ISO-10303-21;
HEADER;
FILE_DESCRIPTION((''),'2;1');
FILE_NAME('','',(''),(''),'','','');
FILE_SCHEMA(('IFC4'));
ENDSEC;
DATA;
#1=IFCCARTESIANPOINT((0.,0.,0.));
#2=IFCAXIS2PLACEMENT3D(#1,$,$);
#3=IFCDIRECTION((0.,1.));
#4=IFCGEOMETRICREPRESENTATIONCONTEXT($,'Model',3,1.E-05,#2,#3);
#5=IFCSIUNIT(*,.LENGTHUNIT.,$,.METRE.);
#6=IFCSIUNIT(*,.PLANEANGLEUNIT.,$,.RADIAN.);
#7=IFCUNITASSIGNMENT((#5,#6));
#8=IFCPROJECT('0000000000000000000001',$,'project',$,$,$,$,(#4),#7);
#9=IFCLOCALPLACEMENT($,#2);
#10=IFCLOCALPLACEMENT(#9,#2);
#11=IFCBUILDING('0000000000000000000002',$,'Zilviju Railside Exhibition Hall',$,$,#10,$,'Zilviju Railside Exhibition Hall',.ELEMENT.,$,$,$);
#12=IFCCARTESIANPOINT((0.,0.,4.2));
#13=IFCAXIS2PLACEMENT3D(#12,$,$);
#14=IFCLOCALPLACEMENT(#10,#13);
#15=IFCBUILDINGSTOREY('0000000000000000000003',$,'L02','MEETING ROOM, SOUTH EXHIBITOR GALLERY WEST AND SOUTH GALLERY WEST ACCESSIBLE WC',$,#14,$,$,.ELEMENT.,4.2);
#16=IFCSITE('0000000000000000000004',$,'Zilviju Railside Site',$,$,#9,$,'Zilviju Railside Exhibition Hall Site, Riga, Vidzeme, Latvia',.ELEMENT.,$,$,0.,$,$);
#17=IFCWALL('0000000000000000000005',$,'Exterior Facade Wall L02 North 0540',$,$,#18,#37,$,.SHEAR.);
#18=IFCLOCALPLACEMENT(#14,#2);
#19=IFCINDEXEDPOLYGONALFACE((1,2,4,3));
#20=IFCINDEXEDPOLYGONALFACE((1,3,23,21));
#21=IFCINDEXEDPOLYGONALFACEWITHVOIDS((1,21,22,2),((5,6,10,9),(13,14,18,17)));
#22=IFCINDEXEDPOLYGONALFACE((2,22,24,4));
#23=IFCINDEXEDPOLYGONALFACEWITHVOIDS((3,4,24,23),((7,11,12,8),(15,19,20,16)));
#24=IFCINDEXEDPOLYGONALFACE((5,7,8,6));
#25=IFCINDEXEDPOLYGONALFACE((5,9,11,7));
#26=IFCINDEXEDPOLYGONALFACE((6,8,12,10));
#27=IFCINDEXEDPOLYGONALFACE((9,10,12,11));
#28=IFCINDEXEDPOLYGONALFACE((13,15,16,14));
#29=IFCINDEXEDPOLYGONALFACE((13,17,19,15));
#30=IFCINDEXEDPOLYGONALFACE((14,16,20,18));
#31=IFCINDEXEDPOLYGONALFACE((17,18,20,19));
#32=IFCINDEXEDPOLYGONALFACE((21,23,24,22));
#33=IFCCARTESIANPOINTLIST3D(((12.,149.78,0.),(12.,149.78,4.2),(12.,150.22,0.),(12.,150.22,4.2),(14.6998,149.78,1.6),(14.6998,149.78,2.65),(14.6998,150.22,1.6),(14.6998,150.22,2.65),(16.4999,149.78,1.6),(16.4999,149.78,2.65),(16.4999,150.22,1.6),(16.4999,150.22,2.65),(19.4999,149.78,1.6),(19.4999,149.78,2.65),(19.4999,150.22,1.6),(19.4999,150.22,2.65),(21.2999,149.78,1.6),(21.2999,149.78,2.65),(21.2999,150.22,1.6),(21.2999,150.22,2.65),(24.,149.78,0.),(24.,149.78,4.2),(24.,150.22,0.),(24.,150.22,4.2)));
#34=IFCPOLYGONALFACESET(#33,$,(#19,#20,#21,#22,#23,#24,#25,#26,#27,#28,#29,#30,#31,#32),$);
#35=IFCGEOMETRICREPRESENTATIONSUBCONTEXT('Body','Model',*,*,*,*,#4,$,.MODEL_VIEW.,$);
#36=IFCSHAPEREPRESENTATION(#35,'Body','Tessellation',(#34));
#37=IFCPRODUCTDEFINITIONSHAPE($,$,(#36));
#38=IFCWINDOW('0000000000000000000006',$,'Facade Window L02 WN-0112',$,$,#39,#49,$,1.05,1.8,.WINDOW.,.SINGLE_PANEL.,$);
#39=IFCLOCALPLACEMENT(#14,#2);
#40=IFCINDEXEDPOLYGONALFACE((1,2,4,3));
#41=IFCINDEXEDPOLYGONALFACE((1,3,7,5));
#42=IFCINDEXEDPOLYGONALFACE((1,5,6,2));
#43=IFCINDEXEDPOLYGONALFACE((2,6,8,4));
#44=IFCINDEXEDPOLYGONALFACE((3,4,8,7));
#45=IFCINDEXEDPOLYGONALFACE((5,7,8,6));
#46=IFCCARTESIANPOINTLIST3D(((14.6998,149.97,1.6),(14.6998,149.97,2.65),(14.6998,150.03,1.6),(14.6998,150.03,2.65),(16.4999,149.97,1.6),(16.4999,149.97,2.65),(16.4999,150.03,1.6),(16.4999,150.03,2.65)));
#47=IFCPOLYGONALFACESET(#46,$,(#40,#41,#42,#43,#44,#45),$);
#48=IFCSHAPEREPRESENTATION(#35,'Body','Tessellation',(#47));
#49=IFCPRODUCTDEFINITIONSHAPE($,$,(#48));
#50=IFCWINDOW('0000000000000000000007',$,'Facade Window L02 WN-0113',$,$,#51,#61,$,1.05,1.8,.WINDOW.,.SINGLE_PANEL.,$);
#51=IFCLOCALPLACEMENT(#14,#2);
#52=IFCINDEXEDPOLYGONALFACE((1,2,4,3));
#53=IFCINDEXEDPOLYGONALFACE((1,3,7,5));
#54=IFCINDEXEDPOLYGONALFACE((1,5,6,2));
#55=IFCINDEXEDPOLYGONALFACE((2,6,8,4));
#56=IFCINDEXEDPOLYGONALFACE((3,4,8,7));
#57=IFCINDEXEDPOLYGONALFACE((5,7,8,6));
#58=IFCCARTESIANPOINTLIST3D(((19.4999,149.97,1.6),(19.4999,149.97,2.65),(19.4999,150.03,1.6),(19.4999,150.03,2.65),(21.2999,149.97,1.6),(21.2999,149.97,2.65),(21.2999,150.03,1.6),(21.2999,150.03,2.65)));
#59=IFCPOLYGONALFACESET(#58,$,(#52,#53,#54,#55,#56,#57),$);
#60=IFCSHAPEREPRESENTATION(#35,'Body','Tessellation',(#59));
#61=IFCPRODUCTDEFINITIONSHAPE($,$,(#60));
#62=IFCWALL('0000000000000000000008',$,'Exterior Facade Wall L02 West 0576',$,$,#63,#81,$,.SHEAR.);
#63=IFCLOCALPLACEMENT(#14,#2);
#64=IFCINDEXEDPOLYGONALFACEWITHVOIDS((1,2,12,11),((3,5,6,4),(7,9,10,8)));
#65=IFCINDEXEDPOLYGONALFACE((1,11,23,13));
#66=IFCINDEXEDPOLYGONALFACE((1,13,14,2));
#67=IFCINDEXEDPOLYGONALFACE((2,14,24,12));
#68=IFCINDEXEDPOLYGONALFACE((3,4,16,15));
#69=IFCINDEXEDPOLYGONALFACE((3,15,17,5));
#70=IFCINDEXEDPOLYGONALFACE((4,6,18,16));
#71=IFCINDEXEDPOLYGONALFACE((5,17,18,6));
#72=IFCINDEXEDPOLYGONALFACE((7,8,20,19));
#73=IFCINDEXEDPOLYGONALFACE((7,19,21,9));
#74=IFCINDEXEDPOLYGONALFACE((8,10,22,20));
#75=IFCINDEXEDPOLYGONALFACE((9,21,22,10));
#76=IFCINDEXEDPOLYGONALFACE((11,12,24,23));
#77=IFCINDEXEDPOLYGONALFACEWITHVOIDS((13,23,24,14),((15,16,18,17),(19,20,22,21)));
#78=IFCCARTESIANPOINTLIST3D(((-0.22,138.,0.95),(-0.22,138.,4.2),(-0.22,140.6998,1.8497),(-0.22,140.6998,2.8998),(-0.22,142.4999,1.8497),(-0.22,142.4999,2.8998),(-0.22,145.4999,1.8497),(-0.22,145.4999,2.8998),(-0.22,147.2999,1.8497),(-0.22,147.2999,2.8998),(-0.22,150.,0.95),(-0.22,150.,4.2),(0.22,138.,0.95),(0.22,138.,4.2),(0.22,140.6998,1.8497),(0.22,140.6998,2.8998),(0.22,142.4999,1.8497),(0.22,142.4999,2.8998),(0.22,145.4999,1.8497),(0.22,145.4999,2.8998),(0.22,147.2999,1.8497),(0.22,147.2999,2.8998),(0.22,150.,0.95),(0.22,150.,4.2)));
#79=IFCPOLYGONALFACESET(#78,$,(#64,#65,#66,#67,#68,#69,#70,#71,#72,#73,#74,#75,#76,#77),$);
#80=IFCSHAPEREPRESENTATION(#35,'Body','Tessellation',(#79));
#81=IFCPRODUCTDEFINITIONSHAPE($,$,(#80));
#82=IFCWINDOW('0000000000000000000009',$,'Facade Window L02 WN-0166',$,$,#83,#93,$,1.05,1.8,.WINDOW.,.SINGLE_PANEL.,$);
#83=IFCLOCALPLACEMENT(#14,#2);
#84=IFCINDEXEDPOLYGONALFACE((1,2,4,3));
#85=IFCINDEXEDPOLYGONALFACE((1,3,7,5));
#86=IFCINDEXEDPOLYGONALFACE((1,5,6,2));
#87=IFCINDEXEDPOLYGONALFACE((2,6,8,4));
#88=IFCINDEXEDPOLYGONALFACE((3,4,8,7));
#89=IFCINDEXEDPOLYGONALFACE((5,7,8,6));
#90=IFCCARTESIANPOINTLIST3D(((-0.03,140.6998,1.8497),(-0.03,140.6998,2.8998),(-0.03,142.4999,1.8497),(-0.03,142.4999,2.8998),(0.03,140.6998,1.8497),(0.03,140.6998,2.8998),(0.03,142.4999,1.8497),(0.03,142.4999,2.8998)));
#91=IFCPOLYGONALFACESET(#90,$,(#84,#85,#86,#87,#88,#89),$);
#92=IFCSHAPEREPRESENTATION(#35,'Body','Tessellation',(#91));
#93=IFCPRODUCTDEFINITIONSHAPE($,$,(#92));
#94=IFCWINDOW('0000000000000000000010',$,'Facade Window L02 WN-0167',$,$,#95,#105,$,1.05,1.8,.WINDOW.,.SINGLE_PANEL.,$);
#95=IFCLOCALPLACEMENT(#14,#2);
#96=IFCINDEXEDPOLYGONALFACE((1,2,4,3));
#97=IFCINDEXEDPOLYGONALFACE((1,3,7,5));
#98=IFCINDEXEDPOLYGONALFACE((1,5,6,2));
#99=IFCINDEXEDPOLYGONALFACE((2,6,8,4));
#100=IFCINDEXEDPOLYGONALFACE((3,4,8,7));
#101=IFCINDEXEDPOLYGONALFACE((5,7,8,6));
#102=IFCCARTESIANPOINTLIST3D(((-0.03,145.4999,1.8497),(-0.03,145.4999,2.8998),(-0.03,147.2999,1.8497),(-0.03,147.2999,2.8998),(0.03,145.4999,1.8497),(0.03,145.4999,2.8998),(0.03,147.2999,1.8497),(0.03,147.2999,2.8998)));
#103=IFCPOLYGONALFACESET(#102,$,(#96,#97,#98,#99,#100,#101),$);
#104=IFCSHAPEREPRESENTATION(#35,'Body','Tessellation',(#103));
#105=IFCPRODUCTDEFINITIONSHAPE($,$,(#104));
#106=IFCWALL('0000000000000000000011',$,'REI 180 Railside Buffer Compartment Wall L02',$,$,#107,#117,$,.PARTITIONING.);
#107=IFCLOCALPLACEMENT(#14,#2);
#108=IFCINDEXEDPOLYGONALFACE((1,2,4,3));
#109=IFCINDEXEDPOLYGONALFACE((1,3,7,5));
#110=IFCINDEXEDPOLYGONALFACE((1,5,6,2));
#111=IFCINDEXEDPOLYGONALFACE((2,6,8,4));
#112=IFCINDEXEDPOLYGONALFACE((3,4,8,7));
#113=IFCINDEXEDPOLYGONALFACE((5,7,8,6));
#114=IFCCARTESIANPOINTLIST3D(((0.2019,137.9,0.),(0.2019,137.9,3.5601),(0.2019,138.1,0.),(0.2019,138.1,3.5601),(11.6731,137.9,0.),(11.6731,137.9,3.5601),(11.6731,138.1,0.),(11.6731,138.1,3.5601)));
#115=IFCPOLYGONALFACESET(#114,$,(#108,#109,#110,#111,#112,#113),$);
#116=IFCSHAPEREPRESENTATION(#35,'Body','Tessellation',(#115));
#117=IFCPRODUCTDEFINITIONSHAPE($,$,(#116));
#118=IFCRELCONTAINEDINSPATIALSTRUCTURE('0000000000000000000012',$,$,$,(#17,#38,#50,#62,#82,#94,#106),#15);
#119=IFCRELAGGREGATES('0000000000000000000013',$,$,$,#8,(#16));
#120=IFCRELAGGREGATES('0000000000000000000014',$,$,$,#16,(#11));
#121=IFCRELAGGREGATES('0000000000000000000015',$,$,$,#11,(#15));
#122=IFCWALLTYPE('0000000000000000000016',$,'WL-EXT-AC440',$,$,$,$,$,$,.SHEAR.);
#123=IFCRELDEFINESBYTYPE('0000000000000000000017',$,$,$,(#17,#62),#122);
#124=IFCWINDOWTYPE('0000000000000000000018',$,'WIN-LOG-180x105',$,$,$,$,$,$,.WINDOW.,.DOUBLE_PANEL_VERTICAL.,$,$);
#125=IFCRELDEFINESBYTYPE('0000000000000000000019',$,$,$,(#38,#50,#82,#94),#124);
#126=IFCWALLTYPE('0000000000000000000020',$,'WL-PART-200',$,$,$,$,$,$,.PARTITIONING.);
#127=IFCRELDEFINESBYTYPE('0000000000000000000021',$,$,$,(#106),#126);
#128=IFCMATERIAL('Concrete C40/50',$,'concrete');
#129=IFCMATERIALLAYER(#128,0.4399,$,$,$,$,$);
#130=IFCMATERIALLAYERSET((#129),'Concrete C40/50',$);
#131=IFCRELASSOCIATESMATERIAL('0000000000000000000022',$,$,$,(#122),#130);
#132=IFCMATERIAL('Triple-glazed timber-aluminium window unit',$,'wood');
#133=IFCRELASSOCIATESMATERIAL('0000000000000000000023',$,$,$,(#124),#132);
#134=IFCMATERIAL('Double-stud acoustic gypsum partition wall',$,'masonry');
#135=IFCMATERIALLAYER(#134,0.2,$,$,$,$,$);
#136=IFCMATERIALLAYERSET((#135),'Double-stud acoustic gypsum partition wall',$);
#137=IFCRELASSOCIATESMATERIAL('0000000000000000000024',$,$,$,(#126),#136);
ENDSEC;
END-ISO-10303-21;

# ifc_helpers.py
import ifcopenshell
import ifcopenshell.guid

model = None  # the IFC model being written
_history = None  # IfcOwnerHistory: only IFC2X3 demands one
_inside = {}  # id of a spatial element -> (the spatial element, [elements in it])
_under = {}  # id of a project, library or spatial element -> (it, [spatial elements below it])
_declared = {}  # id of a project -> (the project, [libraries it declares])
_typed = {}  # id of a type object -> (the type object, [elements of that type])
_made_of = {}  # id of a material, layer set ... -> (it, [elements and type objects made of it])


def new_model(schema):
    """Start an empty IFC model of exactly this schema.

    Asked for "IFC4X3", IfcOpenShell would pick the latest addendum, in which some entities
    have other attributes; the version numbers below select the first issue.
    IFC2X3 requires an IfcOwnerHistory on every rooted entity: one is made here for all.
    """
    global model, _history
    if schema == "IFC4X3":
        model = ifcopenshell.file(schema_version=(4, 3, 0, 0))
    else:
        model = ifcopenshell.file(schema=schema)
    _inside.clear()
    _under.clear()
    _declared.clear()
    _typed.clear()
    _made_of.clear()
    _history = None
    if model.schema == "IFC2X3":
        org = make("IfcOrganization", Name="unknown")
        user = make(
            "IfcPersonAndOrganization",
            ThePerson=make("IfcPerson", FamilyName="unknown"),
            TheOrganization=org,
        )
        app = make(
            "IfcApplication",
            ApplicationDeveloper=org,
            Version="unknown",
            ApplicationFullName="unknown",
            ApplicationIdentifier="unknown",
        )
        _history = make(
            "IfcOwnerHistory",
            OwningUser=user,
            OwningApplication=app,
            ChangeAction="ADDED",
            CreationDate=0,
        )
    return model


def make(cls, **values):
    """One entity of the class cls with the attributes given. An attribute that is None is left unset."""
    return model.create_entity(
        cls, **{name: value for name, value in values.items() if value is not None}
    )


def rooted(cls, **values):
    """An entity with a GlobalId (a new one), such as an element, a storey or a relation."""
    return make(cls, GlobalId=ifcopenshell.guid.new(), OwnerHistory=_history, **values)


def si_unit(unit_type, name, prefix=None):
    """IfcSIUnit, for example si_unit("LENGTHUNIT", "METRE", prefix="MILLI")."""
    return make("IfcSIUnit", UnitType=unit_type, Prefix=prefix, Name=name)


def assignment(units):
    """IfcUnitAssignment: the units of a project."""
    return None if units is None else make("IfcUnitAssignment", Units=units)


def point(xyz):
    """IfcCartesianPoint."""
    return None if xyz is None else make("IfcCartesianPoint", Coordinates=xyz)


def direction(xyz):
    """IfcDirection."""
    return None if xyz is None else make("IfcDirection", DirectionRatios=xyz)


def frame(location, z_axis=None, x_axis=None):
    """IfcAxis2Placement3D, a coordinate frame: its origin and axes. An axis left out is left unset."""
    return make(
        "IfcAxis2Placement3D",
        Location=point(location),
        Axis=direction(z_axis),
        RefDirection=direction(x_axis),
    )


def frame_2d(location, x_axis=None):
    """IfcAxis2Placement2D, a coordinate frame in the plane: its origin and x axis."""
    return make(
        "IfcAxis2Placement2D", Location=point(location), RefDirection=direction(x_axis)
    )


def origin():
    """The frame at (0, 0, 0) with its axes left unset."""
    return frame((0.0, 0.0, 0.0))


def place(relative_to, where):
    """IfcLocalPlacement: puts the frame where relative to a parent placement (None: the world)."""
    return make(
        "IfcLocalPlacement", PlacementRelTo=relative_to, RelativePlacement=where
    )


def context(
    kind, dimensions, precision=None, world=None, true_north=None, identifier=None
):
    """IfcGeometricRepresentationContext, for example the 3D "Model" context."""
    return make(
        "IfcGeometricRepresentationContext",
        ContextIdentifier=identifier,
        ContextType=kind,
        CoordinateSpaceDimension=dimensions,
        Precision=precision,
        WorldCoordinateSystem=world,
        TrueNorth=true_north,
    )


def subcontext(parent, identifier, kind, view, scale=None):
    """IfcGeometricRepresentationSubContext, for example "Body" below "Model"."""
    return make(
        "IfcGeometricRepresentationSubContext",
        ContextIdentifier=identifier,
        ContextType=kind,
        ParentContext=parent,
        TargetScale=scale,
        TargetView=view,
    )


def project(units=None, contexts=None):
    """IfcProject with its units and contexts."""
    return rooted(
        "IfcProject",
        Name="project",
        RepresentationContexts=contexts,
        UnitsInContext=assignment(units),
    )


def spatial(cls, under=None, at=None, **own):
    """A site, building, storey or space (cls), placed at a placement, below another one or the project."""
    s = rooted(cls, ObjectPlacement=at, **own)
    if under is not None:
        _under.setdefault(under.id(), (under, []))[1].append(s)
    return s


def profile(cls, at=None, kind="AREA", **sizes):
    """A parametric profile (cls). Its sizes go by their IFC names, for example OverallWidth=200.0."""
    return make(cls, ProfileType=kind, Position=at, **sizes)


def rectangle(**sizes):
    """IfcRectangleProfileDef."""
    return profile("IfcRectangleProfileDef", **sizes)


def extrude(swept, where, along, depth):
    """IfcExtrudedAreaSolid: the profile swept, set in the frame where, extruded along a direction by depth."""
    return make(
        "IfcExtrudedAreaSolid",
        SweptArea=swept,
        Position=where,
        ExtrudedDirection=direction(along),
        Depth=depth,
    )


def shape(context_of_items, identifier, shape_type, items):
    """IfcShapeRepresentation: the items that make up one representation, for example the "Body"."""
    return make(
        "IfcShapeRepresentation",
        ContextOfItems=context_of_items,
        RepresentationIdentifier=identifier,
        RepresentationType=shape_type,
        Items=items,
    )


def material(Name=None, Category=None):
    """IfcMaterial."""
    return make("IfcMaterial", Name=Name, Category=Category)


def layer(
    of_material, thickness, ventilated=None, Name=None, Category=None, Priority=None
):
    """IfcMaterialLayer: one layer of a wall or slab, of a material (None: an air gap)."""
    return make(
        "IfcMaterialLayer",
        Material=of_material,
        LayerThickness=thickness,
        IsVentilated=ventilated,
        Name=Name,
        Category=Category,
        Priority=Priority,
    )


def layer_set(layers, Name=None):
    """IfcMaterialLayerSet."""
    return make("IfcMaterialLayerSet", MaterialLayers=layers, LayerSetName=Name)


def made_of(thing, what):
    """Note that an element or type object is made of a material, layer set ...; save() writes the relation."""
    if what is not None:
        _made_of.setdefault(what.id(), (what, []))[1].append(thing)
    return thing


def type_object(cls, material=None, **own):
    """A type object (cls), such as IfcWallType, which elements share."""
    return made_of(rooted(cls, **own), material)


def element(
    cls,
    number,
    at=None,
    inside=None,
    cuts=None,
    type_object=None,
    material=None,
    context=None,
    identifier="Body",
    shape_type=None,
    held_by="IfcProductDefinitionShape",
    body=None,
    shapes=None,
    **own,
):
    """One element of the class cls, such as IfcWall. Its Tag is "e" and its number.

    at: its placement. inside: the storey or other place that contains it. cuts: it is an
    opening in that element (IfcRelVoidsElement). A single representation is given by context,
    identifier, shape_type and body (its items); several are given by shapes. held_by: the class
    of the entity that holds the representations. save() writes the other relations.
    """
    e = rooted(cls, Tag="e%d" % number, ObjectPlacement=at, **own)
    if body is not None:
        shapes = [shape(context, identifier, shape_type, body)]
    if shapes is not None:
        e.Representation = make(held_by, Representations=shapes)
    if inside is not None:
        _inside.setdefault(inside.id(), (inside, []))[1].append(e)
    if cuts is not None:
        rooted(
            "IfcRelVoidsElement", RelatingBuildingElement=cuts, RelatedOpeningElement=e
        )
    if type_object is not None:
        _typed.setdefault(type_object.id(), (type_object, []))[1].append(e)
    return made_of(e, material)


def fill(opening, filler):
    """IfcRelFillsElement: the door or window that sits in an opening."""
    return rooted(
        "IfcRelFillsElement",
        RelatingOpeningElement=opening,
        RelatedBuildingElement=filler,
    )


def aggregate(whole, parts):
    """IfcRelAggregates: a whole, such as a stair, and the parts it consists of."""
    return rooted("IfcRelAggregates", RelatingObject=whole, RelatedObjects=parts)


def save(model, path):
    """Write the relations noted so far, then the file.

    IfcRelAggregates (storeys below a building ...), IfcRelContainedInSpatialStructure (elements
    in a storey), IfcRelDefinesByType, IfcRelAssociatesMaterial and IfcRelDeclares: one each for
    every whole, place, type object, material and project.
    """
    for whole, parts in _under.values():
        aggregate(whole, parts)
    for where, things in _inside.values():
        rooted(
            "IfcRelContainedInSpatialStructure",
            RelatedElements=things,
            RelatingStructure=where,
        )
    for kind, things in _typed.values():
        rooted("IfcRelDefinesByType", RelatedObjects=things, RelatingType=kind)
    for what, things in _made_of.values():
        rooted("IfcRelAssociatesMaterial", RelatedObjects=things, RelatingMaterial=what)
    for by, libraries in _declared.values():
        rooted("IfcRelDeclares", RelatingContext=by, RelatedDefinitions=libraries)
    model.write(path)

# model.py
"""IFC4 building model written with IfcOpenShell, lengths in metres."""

from ifc_helpers import new_model, si_unit, direction, frame, frame_2d, origin, place, context, subcontext, project, spatial, rectangle, extrude, material, layer, layer_set, type_object, element, fill, save


model = new_model("IFC4")

# Units and contexts
model_context = context("Model", 3, precision=1e-05, world=origin(), true_north=direction((0.0, 1.0)))
body_context = subcontext(model_context, "Body", "Model", "MODEL_VIEW")
ifc_project = project(units=[si_unit("LENGTHUNIT", "METRE"), si_unit("PLANEANGLEUNIT", "RADIAN")], contexts=[model_context])

# Site, building, storey
site_placement = place(None, origin())
site = spatial("IfcSite", under=ifc_project, at=site_placement, Name="Zilviju Railside Site", LongName="Zilviju Railside Exhibition Hall Site, Riga, Vidzeme, Latvia", CompositionType="ELEMENT", RefElevation=0.0)
building_placement = place(site_placement, origin())
building = spatial("IfcBuilding", under=site, at=building_placement, Name="Zilviju Railside Exhibition Hall", LongName="Zilviju Railside Exhibition Hall", CompositionType="ELEMENT")
storey_placement = place(building_placement, frame((0.0, 0.0, 4.2)))
storey = spatial("IfcBuildingStorey", under=building, at=storey_placement, Name="L02", Description="MEETING ROOM, SOUTH EXHIBITOR GALLERY WEST AND SOUTH GALLERY WEST ACCESSIBLE WC", CompositionType="ELEMENT", Elevation=4.2)

# Shared definitions
ifc_material_1 = material(Name="Concrete C40/50", Category="concrete")

# Walls, openings, windows
ifc_layer_1 = layer(ifc_material_1, 0.4399)
ifc_layer_set_1 = layer_set([ifc_layer_1], Name="Concrete C40/50")
wall_type_1 = type_object("IfcWallType", Name="WL-EXT-AC440", PredefinedType="SHEAR", material=ifc_layer_set_1)
ifc_material_2 = material(Name="Triple-glazed timber-aluminium window unit", Category="wood")
window_type = type_object("IfcWindowType", Name="WIN-LOG-180x105", PartitioningType="DOUBLE_PANEL_VERTICAL", PredefinedType="WINDOW", material=ifc_material_2)
wall_1_placement = place(storey_placement, frame((12.0, 150.0, 0.0), z_axis=(0.0, 0.0, 1.0), x_axis=(1.0, 0.0, 0.0)))
wall_1 = element("IfcWall", 1, at=wall_1_placement, inside=storey, type_object=wall_type_1, Name="Exterior Facade Wall L02 North 0540", PredefinedType="SHEAR", context=body_context, shape_type="SweptSolid", body=[
    extrude(rectangle(XDim=12.0, YDim=0.4399, at=frame_2d((6.0, 0.0))), origin(), (0.0, 0.0, 1.0), 4.2),
])
opening_1_placement = place(wall_1_placement, frame((2.7, 0.0, 1.6001)))
opening_1 = element("IfcOpeningElement", 2, at=opening_1_placement, cuts=wall_1, PredefinedType="OPENING", context=body_context, shape_type="SweptSolid", body=[
    extrude(rectangle(XDim=1.8, YDim=1.05, at=frame_2d((0.8999, 0.5249))), frame((0.0, 0.23, 0.0), z_axis=(0.0, -1.0, 0.0), x_axis=(1.0, 0.0, 0.0)), (0.0, 0.0, 1.0), 0.46),
])
opening_2_placement = place(wall_1_placement, frame((7.5, 0.0, 1.6001)))
opening_2 = element("IfcOpeningElement", 3, at=opening_2_placement, cuts=wall_1, PredefinedType="OPENING", context=body_context, shape_type="SweptSolid", body=[
    extrude(rectangle(XDim=1.8, YDim=1.05, at=frame_2d((0.8999, 0.5249))), frame((0.0, 0.23, 0.0), z_axis=(0.0, -1.0, 0.0), x_axis=(1.0, 0.0, 0.0)), (0.0, 0.0, 1.0), 0.46),
])
window_1_placement = place(opening_1_placement, origin())
window_1 = element("IfcWindow", 4, at=window_1_placement, inside=storey, type_object=window_type, Name="Facade Window L02 WN-0112", OverallHeight=1.05, OverallWidth=1.8, PartitioningType="SINGLE_PANEL", PredefinedType="WINDOW", context=body_context, shape_type="SweptSolid", body=[
    extrude(rectangle(XDim=1.8, YDim=1.05, at=frame_2d((0.8999, 0.5249))), frame((0.0, 0.03, 0.0), z_axis=(0.0, -1.0, 0.0), x_axis=(1.0, 0.0, 0.0)), (0.0, 0.0, 1.0), 0.0601),
])
fill(opening_1, window_1)
window_2_placement = place(opening_2_placement, origin())
window_2 = element("IfcWindow", 5, at=window_2_placement, inside=storey, type_object=window_type, Name="Facade Window L02 WN-0113", OverallHeight=1.05, OverallWidth=1.8, PartitioningType="SINGLE_PANEL", PredefinedType="WINDOW", context=body_context, shape_type="SweptSolid", body=[
    extrude(rectangle(XDim=1.8, YDim=1.05, at=frame_2d((0.8999, 0.5249))), frame((0.0, 0.03, 0.0), z_axis=(0.0, -1.0, 0.0), x_axis=(1.0, 0.0, 0.0)), (0.0, 0.0, 1.0), 0.0601),
])
fill(opening_2, window_2)
wall_2_placement = place(storey_placement, frame((0.0, 138.0, 0.95), z_axis=(0.0, 0.0, 1.0), x_axis=(0.0, 1.0, 0.0)))
wall_2 = element("IfcWall", 6, at=wall_2_placement, inside=storey, type_object=wall_type_1, Name="Exterior Facade Wall L02 West 0576", PredefinedType="SHEAR", context=body_context, shape_type="SweptSolid", body=[
    extrude(rectangle(XDim=12.0, YDim=0.4399, at=frame_2d((6.0, 0.0))), origin(), (0.0, 0.0, 1.0), 3.25),
])
opening_3_placement = place(wall_2_placement, frame((2.7, 0.0, 0.8999)))
opening_3 = element("IfcOpeningElement", 7, at=opening_3_placement, cuts=wall_2, PredefinedType="OPENING", context=body_context, shape_type="SweptSolid", body=[
    extrude(rectangle(XDim=1.8, YDim=1.05, at=frame_2d((0.8999, 0.5249))), frame((0.0, 0.23, 0.0), z_axis=(0.0, -1.0, 0.0), x_axis=(1.0, 0.0, 0.0)), (0.0, 0.0, 1.0), 0.46),
])
opening_4_placement = place(wall_2_placement, frame((7.5, 0.0, 0.8999)))
opening_4 = element("IfcOpeningElement", 8, at=opening_4_placement, cuts=wall_2, PredefinedType="OPENING", context=body_context, shape_type="SweptSolid", body=[
    extrude(rectangle(XDim=1.8, YDim=1.05, at=frame_2d((0.8999, 0.5249))), frame((0.0, 0.23, 0.0), z_axis=(0.0, -1.0, 0.0), x_axis=(1.0, 0.0, 0.0)), (0.0, 0.0, 1.0), 0.46),
])
window_3_placement = place(opening_3_placement, origin())
window_3 = element("IfcWindow", 9, at=window_3_placement, inside=storey, type_object=window_type, Name="Facade Window L02 WN-0166", OverallHeight=1.05, OverallWidth=1.8, PartitioningType="SINGLE_PANEL", PredefinedType="WINDOW", context=body_context, shape_type="SweptSolid", body=[
    extrude(rectangle(XDim=1.8, YDim=1.05, at=frame_2d((0.8999, 0.5249))), frame((0.0, 0.03, 0.0), z_axis=(0.0, -1.0, 0.0), x_axis=(1.0, 0.0, 0.0)), (0.0, 0.0, 1.0), 0.0601),
])
fill(opening_3, window_3)
window_4_placement = place(opening_4_placement, origin())
window_4 = element("IfcWindow", 10, at=window_4_placement, inside=storey, type_object=window_type, Name="Facade Window L02 WN-0167", OverallHeight=1.05, OverallWidth=1.8, PartitioningType="SINGLE_PANEL", PredefinedType="WINDOW", context=body_context, shape_type="SweptSolid", body=[
    extrude(rectangle(XDim=1.8, YDim=1.05, at=frame_2d((0.8999, 0.5249))), frame((0.0, 0.03, 0.0), z_axis=(0.0, -1.0, 0.0), x_axis=(1.0, 0.0, 0.0)), (0.0, 0.0, 1.0), 0.0601),
])
fill(opening_4, window_4)

# Wall
ifc_material_3 = material(Name="Double-stud acoustic gypsum partition wall", Category="masonry")
ifc_layer_2 = layer(ifc_material_3, 0.2)
ifc_layer_set_2 = layer_set([ifc_layer_2], Name="Double-stud acoustic gypsum partition wall")
wall_type_2 = type_object("IfcWallType", Name="WL-PART-200", PredefinedType="PARTITIONING", material=ifc_layer_set_2)
wall_3_placement = place(storey_placement, frame((0.2019, 138.0, 0.0), z_axis=(0.0, 0.0, 1.0), x_axis=(1.0, 0.0, 0.0)))
element("IfcWall", 11, at=wall_3_placement, inside=storey, type_object=wall_type_2, Name="REI 180 Railside Buffer Compartment Wall L02", PredefinedType="PARTITIONING", context=body_context, shape_type="SweptSolid", body=[
    extrude(rectangle(XDim=11.4712, YDim=0.2, at=frame_2d((5.7356, 0.0))), origin(), (0.0, 0.0, 1.0), 3.5601),
])

save(model, "model.ifc")
